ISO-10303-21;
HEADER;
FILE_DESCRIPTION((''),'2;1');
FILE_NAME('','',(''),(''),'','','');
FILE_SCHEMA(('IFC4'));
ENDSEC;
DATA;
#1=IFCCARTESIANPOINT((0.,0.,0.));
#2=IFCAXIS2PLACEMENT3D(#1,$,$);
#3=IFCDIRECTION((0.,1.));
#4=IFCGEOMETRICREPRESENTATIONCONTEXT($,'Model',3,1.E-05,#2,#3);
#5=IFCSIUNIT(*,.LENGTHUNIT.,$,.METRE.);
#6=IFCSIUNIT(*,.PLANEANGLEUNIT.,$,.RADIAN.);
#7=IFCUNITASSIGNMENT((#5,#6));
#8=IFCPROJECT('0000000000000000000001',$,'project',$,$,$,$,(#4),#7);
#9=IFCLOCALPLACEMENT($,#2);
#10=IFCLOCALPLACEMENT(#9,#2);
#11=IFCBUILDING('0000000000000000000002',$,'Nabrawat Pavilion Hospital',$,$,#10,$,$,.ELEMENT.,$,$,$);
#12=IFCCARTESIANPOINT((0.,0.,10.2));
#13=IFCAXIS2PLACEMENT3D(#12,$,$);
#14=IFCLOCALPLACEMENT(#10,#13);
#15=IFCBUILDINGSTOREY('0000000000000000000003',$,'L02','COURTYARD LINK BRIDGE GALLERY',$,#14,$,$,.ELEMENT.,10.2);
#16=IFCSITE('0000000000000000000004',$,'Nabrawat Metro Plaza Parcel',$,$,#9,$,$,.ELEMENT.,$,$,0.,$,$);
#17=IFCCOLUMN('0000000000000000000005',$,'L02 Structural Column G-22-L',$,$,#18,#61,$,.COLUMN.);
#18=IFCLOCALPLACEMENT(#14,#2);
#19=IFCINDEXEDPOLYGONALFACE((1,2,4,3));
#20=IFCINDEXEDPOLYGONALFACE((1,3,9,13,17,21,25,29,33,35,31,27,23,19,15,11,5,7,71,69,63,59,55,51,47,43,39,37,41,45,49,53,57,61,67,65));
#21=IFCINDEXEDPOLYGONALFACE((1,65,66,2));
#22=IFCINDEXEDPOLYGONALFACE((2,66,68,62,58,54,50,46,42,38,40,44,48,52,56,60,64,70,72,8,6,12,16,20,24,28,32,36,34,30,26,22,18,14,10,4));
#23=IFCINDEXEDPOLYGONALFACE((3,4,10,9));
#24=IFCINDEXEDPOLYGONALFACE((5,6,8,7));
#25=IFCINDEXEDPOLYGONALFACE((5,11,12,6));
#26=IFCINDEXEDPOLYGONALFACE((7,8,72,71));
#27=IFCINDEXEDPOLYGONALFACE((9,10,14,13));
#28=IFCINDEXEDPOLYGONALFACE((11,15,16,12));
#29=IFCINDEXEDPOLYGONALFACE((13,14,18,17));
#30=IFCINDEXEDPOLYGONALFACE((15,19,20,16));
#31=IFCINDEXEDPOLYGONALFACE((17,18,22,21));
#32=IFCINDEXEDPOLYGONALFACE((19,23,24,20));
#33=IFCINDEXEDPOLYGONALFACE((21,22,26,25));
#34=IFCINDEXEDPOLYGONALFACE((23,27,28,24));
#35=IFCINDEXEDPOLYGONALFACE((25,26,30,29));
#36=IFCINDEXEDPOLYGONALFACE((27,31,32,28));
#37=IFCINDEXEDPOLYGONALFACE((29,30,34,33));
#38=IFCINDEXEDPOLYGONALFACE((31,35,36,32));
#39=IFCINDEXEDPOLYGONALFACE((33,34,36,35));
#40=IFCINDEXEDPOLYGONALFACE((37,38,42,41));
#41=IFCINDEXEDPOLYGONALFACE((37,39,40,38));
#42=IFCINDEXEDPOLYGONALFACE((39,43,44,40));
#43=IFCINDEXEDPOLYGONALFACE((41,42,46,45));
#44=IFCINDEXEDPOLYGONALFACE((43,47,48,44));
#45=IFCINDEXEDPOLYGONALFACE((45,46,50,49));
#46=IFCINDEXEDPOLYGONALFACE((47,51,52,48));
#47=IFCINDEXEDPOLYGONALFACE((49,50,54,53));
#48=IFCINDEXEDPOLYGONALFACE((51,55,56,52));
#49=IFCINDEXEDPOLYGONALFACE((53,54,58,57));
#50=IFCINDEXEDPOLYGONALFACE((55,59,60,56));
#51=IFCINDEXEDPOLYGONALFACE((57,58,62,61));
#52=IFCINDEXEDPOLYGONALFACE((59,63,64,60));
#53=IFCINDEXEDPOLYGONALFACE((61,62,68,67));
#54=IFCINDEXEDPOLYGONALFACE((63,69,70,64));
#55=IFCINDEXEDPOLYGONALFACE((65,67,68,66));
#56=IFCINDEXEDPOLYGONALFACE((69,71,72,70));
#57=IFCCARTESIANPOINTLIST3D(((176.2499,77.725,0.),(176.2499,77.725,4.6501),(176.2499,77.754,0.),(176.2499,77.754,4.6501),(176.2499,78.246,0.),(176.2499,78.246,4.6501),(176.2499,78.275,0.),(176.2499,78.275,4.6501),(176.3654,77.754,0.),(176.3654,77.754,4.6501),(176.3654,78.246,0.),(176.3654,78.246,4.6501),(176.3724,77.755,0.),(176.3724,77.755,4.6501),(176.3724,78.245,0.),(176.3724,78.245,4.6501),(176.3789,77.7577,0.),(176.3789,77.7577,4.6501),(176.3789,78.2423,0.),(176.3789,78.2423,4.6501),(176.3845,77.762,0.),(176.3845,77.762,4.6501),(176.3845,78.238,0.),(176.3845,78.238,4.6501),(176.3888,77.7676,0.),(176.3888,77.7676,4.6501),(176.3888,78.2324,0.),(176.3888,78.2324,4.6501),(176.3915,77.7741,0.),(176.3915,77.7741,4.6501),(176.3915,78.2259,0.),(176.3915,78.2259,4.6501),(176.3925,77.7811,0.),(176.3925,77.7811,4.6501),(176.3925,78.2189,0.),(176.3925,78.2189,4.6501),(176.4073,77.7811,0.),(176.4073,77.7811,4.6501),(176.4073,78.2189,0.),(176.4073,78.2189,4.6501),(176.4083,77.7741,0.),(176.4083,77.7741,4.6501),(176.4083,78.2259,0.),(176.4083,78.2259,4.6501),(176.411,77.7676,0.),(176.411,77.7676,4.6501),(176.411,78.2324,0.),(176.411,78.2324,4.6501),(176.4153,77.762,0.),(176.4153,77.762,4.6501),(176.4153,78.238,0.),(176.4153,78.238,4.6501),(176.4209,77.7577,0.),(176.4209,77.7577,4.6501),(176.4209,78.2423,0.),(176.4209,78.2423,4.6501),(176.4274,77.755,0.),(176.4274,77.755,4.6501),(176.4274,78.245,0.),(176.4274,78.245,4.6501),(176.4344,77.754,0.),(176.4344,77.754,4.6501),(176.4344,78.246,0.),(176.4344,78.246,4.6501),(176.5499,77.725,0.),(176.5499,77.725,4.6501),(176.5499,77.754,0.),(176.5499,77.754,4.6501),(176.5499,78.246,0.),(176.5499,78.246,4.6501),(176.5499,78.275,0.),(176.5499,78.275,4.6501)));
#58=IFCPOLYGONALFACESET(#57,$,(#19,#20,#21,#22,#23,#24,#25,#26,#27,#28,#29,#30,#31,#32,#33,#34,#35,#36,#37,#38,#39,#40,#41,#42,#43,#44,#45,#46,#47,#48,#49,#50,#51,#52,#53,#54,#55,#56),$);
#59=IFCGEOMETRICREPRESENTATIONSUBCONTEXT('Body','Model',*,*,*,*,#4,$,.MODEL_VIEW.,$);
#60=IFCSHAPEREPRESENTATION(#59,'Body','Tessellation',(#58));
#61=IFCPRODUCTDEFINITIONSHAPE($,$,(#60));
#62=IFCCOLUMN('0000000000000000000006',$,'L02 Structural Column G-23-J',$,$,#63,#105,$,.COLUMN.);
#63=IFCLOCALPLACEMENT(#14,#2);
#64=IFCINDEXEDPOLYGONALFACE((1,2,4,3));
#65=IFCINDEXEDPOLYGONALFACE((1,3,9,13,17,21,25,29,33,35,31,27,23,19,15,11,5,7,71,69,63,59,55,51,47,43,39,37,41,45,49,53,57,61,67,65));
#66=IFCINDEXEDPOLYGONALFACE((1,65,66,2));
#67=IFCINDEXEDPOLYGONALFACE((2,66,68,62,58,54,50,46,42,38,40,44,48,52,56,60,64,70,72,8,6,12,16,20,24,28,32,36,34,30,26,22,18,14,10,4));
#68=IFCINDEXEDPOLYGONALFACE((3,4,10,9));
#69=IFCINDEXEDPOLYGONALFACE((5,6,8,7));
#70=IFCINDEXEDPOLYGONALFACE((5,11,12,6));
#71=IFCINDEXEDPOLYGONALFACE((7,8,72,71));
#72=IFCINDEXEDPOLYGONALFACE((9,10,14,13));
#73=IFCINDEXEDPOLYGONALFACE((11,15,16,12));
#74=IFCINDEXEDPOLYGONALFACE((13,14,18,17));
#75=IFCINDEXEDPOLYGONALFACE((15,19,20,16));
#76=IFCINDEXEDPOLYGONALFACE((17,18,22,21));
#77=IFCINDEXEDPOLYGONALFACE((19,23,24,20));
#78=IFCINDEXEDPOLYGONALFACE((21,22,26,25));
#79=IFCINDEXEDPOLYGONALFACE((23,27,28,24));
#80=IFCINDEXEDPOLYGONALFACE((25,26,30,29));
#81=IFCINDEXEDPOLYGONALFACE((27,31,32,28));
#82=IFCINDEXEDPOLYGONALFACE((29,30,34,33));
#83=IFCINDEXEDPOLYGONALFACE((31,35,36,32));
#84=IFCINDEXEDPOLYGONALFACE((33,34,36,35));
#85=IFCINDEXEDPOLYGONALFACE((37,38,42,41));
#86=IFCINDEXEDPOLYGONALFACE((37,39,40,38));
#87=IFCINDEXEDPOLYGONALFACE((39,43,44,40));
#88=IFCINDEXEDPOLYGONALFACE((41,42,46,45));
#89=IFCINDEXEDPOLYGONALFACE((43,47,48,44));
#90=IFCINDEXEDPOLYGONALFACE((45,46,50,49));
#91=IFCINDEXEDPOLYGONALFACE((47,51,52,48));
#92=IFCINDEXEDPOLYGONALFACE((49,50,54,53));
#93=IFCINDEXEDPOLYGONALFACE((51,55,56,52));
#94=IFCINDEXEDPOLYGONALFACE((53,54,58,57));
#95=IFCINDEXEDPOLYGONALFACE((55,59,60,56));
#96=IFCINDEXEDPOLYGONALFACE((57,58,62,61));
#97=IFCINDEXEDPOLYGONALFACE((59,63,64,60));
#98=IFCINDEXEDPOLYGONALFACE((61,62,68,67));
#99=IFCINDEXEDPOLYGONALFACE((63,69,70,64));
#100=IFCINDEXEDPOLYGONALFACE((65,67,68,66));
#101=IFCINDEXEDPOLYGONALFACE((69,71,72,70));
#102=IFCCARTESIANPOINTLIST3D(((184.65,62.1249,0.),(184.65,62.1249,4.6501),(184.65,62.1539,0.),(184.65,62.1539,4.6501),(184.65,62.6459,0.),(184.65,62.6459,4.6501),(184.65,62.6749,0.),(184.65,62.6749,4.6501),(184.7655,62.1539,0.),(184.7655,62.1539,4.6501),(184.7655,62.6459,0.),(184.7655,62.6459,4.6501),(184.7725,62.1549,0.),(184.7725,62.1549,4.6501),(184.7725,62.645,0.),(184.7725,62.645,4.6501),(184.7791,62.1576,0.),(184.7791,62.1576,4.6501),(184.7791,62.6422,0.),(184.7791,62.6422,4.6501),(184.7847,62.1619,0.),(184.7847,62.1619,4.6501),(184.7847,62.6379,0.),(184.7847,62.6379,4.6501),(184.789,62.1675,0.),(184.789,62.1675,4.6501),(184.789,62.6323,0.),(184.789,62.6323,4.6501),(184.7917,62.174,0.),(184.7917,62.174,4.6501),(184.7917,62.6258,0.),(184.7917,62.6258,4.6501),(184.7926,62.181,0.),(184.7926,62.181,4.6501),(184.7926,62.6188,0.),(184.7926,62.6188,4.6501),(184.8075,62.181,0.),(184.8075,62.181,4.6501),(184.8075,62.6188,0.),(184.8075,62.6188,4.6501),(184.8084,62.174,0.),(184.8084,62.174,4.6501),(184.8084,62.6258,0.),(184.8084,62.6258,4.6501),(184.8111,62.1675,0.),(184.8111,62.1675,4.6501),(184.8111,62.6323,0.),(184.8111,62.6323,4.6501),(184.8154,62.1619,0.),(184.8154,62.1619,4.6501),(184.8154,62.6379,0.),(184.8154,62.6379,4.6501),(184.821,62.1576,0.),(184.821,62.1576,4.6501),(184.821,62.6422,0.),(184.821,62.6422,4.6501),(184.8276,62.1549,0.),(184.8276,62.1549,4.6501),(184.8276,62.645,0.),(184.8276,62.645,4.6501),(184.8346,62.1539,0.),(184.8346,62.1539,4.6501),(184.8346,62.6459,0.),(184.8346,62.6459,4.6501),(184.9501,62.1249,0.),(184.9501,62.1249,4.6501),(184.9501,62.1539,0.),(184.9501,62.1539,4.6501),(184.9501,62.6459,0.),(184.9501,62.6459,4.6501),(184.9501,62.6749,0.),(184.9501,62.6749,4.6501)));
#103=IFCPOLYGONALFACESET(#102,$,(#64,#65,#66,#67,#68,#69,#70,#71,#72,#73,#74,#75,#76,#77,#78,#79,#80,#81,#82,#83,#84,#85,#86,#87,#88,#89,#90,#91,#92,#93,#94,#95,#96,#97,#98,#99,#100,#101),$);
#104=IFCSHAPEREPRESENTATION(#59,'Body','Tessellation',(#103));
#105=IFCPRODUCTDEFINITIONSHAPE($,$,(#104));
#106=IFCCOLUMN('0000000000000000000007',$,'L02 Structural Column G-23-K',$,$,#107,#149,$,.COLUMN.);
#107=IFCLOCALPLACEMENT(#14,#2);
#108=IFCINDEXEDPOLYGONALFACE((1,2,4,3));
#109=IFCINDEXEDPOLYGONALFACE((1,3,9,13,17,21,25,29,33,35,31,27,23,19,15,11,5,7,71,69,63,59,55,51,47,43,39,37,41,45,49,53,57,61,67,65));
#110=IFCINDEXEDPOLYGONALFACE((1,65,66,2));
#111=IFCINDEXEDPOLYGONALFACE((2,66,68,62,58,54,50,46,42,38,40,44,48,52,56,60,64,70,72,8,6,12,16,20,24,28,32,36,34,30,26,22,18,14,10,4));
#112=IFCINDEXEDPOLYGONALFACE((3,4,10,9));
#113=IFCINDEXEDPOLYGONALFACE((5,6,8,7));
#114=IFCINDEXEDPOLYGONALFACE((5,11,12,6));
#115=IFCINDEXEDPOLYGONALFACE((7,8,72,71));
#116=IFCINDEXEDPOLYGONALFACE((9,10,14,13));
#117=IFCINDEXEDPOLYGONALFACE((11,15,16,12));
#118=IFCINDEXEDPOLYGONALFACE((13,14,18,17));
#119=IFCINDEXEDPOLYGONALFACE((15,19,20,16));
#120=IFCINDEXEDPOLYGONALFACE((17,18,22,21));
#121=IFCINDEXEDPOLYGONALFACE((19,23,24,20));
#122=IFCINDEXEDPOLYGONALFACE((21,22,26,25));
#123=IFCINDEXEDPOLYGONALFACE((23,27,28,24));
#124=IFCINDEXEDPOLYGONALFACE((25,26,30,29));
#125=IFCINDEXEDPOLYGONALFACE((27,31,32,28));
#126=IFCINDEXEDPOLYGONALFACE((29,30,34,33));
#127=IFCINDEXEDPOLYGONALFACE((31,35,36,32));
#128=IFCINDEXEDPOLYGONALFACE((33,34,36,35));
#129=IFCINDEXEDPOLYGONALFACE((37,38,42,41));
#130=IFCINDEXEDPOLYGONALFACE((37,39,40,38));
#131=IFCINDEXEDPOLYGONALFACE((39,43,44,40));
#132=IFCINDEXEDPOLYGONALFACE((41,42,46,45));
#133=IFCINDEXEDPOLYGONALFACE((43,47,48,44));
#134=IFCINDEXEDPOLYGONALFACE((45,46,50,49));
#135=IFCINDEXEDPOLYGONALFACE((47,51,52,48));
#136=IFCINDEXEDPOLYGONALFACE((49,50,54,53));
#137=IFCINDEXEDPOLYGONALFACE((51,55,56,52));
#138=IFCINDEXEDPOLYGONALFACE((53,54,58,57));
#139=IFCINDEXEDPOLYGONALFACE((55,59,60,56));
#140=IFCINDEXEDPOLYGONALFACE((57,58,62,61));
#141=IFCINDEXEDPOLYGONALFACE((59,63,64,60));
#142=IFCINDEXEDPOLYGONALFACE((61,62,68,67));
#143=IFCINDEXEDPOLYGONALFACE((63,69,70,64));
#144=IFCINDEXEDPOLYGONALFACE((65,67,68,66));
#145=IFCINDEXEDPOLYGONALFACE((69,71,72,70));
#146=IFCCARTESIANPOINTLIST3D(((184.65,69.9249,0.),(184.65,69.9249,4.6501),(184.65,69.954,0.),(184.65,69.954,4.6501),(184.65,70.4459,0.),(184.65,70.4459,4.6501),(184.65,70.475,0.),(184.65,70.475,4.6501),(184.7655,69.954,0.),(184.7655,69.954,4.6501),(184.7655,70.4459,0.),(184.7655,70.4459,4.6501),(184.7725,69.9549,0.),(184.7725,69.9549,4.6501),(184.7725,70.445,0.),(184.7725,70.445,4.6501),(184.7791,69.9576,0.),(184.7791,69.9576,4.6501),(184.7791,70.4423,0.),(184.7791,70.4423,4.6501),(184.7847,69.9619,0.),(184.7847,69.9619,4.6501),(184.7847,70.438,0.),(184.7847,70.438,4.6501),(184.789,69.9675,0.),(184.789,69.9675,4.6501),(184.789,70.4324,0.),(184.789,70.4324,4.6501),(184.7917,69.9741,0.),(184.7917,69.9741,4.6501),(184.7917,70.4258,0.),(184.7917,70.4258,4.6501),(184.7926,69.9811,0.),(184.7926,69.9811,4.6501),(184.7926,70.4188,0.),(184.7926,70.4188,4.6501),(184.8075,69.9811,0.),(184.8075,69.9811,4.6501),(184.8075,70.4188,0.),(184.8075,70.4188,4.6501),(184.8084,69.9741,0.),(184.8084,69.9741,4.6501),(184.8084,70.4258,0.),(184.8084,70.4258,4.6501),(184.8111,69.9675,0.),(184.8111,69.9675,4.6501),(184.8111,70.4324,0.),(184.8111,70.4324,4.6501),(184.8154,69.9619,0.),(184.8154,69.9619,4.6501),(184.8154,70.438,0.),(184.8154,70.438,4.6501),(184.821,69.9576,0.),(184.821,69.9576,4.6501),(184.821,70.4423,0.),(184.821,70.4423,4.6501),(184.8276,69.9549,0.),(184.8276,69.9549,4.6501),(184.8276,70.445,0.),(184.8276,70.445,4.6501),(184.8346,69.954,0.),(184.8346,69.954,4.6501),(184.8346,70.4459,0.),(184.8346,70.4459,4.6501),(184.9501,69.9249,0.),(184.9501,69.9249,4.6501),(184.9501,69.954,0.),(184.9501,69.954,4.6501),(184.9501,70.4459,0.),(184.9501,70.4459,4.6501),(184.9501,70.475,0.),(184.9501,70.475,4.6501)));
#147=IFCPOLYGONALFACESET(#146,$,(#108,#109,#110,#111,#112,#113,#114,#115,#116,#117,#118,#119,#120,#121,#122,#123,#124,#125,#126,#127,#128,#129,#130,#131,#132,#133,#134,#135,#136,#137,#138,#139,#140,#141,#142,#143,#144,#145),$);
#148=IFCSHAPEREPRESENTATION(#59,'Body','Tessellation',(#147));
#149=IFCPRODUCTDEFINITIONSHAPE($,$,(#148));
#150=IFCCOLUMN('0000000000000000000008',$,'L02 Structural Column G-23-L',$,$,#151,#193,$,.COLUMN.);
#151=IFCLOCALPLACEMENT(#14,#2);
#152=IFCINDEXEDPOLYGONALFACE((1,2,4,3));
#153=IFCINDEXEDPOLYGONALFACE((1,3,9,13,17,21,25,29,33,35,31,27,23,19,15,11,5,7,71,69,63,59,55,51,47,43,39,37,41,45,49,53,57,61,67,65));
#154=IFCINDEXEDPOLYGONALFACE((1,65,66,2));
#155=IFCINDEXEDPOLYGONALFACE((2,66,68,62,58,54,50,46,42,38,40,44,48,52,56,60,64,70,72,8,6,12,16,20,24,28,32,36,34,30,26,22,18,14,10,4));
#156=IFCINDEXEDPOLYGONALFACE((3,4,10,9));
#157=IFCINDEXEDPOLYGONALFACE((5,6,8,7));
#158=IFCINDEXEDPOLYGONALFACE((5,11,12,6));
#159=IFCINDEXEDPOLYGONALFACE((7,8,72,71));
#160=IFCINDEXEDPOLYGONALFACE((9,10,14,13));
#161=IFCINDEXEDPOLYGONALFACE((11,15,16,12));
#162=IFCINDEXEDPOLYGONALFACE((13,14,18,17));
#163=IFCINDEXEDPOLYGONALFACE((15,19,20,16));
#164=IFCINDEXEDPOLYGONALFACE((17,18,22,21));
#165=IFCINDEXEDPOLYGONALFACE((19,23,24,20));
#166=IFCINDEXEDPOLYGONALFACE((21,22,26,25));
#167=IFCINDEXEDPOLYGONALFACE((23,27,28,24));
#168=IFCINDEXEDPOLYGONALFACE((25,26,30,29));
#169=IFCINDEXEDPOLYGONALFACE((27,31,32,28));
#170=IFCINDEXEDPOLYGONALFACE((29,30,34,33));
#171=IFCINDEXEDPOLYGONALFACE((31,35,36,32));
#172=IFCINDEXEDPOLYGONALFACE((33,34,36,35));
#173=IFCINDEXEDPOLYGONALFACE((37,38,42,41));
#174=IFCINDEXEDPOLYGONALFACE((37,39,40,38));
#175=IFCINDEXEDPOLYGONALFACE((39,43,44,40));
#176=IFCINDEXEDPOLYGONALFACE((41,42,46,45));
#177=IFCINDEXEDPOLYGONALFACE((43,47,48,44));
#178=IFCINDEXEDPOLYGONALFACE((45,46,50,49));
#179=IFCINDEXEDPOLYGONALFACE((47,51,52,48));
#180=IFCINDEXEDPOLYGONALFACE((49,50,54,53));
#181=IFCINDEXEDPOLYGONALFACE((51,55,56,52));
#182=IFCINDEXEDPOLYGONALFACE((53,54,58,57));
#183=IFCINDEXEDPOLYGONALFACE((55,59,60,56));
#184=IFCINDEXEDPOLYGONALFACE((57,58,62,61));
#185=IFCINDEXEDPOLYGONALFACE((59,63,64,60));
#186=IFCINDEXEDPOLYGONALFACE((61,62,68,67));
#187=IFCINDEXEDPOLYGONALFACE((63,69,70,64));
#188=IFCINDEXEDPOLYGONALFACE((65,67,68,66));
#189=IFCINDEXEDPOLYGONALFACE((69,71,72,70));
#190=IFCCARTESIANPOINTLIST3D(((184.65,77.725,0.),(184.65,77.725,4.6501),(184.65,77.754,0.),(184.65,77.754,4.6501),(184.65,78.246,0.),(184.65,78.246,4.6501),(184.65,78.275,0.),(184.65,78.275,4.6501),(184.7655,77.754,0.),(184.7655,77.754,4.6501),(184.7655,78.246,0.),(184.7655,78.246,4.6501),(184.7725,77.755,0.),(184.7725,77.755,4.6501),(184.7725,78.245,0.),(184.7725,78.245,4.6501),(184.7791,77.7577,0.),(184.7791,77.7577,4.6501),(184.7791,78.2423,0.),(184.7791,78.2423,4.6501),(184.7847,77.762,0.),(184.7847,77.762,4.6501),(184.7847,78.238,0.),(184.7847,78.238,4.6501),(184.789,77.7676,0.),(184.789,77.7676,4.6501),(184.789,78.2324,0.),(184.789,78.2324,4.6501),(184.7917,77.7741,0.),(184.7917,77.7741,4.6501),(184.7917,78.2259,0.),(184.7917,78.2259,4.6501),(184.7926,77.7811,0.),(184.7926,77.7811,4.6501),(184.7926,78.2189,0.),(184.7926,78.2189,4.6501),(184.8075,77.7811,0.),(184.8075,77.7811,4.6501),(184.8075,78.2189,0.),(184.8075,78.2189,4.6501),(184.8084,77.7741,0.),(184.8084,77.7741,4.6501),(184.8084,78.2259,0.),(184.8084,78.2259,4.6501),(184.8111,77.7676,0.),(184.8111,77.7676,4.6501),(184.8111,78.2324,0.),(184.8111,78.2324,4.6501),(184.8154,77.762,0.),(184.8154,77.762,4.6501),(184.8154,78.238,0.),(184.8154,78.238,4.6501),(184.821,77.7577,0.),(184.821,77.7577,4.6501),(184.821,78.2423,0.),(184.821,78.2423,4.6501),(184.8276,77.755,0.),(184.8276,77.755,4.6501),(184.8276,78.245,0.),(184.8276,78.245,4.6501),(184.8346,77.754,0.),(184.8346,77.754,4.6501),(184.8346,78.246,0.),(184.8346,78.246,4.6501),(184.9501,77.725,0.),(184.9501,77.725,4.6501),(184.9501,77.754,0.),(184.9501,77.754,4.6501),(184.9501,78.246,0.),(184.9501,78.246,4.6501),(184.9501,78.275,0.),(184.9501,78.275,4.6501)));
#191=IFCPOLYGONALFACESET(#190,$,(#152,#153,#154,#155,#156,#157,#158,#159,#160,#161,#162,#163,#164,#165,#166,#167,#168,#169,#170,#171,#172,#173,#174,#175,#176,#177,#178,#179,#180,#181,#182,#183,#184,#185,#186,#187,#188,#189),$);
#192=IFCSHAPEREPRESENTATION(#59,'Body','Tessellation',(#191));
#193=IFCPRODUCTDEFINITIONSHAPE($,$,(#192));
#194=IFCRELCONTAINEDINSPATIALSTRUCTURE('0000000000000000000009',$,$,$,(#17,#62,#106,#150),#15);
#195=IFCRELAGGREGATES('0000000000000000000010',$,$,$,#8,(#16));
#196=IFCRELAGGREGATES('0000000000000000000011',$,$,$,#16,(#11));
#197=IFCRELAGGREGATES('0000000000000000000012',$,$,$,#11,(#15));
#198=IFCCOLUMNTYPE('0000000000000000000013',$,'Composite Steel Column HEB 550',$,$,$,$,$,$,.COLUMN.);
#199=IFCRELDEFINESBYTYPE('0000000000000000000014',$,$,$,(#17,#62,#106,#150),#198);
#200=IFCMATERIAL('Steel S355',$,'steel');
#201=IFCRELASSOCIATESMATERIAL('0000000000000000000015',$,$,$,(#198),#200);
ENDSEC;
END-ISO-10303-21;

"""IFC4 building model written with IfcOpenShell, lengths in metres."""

from ifc_helpers import new_model, si_unit, direction, frame, origin, origin_2d, place, context, subcontext, project, spatial, i_section, extrude, material, material_profile, profile_set, type_object, element, save


model = new_model("IFC4")

# Units and contexts
model_context = context("Model", 3, precision=1e-05, world=origin(), true_north=direction((0.0, 1.0)))
body_context = subcontext(model_context, "Body", "Model", "MODEL_VIEW")
ifc_project = project(units=[si_unit("LENGTHUNIT", "METRE"), si_unit("PLANEANGLEUNIT", "RADIAN")], contexts=[model_context])

# Site, building, storey
site_placement = place(None, origin())
site = spatial("IfcSite", under=ifc_project, at=site_placement, Name="Nabrawat Metro Plaza Parcel", CompositionType="ELEMENT", RefElevation=0.0)
building_placement = place(site_placement, origin())
building = spatial("IfcBuilding", under=site, at=building_placement, Name="Nabrawat Pavilion Hospital", CompositionType="ELEMENT")
storey_placement = place(building_placement, frame((0.0, 0.0, 10.2)))
storey = spatial("IfcBuildingStorey", under=building, at=storey_placement, Name="L02", Description="COURTYARD LINK BRIDGE GALLERY", CompositionType="ELEMENT", Elevation=10.2)

# Columns
ifc_material_1 = material(Name="Steel S355", Category="steel")
ifc_material_profile_1 = material_profile(ifc_material_1, i_section(OverallWidth=0.3, OverallDepth=0.55, WebThickness=0.0149, FlangeThickness=0.0291, FilletRadius=0.0271, at=origin_2d()), Name="HEB 550")
ifc_profile_set_1 = profile_set([ifc_material_profile_1], Name="Steel S355")
column_type = type_object("IfcColumnType", Name="Composite Steel Column HEB 550", PredefinedType="COLUMN", material=ifc_profile_set_1)
for number, where, z_axis, x_axis, name in (
    (1, (176.3999, 78.0, 0.0), (0.0, 0.0, 1.0), (1.0, 0.0, 0.0), "L02 Structural Column G-22-L"),
    (2, (184.8, 62.3999, 0.0), (0.0, 0.0, 1.0), (1.0, 0.0, 0.0), "L02 Structural Column G-23-J"),
    (3, (184.8, 70.2, 0.0), (0.0, 0.0, 1.0), (1.0, 0.0, 0.0), "L02 Structural Column G-23-K"),
    (4, (184.8, 78.0, 0.0), (0.0, 0.0, 1.0), (1.0, 0.0, 0.0), "L02 Structural Column G-23-L"),
):
    element("IfcColumn", number, at=place(storey_placement, frame(where, z_axis=z_axis, x_axis=x_axis)), inside=storey, type_object=column_type, Name=name, PredefinedType="COLUMN", context=body_context, shape_type="SweptSolid", body=[
        extrude(i_section(OverallWidth=0.3, OverallDepth=0.55, WebThickness=0.0149, FlangeThickness=0.0291, FilletRadius=0.0271, at=origin_2d()), origin(), (0.0, 0.0, 1.0), 4.6501),
    ])

save(model, "model.ifc")
